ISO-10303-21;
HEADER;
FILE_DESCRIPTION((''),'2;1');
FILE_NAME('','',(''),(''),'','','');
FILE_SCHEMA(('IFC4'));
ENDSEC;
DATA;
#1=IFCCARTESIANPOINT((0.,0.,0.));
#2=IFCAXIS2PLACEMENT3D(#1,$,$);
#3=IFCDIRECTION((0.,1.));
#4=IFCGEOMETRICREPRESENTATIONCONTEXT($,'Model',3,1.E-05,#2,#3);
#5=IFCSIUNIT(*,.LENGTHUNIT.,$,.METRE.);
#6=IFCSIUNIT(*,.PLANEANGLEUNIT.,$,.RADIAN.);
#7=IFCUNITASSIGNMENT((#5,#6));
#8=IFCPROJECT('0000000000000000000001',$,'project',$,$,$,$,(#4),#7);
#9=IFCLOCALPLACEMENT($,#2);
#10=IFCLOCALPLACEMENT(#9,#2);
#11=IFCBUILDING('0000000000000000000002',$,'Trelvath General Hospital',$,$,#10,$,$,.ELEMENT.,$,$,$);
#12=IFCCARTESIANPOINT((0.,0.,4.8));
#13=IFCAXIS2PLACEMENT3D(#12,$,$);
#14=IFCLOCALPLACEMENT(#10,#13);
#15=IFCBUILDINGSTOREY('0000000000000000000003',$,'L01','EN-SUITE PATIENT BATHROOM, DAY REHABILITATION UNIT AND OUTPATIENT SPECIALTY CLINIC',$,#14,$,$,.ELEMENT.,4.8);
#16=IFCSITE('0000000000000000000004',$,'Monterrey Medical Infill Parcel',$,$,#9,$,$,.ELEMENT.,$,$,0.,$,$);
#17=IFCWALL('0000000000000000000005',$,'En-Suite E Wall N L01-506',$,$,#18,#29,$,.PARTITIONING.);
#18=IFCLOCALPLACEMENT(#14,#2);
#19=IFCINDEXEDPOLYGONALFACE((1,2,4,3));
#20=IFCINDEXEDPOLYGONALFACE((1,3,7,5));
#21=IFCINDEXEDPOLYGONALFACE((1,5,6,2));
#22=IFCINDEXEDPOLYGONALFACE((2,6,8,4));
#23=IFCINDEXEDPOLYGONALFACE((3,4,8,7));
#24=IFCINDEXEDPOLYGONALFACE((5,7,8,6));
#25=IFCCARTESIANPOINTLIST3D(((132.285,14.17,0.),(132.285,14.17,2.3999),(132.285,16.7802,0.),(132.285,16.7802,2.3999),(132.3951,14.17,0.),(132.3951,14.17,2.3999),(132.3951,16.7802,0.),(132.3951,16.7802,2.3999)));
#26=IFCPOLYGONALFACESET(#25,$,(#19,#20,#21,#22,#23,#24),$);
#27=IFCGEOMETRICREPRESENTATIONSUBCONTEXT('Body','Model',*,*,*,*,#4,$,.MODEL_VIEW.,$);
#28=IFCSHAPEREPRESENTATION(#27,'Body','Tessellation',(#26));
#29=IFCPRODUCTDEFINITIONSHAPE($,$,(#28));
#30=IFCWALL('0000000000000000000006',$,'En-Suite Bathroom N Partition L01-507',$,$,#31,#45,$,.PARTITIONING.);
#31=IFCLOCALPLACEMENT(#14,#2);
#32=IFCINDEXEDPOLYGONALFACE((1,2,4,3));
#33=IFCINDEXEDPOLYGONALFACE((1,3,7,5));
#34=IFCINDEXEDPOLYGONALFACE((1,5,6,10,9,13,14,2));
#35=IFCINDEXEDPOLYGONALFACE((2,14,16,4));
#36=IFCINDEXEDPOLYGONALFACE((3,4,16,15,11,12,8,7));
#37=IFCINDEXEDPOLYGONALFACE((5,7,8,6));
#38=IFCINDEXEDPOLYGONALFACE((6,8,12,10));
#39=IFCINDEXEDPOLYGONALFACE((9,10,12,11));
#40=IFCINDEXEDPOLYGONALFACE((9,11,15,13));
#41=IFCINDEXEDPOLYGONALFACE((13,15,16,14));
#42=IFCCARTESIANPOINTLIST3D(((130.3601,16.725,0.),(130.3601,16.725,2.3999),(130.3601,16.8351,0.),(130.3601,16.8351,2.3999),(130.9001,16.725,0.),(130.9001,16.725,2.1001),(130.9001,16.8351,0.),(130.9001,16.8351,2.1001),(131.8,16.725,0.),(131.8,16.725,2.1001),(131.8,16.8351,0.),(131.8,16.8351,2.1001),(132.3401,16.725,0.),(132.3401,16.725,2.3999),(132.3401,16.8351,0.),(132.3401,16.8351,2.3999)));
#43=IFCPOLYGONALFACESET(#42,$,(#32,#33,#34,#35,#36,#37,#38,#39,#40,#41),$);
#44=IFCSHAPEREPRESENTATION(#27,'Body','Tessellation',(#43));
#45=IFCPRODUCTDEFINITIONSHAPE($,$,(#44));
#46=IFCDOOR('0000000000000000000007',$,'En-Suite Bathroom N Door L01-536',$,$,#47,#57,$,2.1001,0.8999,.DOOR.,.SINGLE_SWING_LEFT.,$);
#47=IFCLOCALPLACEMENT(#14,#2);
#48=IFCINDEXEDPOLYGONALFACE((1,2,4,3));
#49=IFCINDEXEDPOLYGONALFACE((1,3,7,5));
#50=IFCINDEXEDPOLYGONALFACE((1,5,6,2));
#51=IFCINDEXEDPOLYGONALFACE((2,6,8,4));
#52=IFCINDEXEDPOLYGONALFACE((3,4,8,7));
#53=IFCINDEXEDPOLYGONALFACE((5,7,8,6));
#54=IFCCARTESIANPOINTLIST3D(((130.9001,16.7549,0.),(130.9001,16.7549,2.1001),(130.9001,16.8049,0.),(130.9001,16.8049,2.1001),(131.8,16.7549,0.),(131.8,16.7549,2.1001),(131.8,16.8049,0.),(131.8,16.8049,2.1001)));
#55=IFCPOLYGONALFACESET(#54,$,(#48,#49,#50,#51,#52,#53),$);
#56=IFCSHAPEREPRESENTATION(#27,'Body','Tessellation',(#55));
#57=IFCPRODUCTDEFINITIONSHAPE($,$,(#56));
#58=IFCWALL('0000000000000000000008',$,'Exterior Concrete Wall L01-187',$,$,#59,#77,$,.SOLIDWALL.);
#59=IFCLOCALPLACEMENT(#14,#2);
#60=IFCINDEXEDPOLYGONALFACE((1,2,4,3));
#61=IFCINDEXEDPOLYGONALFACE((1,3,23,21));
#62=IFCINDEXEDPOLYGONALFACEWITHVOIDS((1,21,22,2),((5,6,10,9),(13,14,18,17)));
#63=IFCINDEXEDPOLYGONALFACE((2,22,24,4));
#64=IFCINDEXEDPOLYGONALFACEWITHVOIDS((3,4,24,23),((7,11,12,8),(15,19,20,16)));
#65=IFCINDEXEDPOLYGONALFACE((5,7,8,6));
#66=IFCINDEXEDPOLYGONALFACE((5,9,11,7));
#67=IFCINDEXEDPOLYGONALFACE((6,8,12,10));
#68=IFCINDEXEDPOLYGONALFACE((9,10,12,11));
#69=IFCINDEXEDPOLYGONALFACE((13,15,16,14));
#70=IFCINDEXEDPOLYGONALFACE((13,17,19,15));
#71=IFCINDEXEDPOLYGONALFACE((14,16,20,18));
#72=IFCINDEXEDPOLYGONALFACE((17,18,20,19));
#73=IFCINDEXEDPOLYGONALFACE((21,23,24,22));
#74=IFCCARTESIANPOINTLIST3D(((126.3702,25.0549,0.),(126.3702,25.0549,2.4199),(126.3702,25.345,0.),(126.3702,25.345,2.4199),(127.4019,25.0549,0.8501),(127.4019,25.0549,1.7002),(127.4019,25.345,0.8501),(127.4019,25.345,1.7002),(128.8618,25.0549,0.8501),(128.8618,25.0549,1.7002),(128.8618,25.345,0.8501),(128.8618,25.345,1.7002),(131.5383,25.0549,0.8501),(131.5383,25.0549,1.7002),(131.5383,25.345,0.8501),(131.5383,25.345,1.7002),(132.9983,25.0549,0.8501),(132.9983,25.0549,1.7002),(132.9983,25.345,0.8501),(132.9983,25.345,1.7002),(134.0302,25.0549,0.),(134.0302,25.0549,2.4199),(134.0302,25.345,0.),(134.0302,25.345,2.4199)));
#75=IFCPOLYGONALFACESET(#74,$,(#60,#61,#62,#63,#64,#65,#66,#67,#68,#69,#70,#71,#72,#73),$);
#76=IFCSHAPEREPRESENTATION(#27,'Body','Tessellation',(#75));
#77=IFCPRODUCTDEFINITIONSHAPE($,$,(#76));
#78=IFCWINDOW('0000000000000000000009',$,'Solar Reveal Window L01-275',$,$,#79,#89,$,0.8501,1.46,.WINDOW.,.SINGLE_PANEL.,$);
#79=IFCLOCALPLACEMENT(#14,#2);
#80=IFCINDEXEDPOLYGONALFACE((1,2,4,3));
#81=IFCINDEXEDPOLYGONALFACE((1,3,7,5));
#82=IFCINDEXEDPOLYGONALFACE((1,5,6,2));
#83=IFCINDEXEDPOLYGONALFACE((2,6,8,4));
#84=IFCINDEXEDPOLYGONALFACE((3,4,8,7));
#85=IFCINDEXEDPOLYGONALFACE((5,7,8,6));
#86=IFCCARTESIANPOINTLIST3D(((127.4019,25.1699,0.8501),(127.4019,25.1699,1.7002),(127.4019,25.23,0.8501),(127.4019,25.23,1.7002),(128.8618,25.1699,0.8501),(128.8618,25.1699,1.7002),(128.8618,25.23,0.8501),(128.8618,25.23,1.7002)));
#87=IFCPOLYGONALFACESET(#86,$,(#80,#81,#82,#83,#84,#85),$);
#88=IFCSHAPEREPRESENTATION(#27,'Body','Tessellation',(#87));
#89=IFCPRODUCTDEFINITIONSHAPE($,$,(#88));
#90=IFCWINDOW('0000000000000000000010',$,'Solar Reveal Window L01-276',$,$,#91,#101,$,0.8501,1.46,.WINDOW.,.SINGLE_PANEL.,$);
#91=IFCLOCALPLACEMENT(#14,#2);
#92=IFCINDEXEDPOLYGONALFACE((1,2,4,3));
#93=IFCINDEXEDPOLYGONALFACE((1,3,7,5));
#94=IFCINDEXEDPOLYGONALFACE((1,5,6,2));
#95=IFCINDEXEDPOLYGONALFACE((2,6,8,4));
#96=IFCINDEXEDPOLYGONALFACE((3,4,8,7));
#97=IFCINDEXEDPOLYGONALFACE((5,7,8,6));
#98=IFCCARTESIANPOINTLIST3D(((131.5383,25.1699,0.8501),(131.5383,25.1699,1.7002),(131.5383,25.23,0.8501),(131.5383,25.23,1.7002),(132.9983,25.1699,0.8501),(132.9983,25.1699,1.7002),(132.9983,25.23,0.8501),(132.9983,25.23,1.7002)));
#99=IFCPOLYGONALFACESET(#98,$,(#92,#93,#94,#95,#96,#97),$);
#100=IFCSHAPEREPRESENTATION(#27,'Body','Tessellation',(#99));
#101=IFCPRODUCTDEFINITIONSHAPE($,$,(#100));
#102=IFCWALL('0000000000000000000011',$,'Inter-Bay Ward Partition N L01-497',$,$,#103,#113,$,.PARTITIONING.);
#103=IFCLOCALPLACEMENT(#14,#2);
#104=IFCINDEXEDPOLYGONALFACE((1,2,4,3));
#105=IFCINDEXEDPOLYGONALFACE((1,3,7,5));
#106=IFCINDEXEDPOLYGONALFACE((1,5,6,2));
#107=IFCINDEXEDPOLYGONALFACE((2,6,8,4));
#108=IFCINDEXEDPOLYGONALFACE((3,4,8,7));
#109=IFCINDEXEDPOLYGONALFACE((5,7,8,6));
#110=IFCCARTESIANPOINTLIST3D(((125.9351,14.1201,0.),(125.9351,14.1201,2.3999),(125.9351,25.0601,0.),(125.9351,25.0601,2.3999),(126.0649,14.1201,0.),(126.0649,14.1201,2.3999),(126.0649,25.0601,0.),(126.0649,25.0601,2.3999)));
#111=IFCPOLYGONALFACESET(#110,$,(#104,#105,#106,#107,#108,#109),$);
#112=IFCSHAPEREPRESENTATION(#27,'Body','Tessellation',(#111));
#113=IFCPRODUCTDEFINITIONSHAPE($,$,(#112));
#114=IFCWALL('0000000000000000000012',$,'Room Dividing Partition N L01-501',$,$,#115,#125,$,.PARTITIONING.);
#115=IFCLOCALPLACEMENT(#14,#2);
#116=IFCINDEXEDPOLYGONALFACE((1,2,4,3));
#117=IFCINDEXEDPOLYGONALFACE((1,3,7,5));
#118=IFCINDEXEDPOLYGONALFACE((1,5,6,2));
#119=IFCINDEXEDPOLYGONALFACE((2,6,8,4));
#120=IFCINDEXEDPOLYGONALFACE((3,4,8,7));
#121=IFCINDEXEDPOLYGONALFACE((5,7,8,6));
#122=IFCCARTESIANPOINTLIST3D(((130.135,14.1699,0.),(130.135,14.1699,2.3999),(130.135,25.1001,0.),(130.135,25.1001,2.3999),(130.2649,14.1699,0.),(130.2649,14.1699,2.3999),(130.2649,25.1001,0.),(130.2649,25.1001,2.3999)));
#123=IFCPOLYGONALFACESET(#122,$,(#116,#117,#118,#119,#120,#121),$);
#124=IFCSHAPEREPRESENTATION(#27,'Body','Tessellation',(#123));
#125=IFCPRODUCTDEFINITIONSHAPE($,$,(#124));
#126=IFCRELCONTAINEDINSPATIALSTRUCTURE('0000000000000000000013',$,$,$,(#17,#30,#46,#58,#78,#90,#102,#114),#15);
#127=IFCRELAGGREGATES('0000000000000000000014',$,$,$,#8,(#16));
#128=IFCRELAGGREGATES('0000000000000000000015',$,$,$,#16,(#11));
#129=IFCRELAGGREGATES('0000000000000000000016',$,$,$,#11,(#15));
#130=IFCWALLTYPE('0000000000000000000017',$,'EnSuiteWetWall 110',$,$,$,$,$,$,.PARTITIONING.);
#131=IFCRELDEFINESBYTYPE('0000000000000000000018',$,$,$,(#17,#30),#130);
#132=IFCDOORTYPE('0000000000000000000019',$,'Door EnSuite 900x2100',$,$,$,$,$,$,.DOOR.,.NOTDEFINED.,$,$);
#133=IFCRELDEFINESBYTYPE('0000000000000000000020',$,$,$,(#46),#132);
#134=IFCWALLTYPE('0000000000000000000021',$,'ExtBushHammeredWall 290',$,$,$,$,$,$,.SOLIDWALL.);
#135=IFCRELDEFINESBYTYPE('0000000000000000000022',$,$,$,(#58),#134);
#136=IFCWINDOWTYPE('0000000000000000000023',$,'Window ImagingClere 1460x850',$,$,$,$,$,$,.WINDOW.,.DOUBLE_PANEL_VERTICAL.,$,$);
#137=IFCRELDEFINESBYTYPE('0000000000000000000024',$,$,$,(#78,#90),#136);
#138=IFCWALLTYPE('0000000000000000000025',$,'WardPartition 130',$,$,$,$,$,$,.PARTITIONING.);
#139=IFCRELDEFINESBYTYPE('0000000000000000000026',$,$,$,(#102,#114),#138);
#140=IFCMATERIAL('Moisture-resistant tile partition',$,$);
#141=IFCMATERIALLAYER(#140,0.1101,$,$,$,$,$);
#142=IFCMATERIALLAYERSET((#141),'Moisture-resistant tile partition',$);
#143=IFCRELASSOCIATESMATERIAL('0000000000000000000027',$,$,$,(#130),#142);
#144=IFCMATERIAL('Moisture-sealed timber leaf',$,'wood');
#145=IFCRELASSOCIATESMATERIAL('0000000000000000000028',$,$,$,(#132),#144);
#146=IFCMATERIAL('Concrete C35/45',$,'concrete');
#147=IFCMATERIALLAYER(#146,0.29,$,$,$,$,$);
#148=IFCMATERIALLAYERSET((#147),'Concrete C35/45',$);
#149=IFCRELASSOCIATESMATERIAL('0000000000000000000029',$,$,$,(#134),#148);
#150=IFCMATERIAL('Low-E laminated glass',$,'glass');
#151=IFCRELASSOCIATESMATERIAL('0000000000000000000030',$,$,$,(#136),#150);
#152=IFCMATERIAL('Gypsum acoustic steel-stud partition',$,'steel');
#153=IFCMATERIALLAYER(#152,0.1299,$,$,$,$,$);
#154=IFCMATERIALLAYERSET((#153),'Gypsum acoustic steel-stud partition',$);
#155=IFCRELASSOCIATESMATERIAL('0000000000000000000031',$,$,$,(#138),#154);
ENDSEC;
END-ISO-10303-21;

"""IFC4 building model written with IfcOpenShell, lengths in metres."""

from ifc_helpers import new_model, si_unit, direction, frame, frame_2d, origin, place, context, subcontext, project, spatial, rectangle, extrude, material, layer, layer_set, type_object, element, fill, save


model = new_model("IFC4")

# Units and contexts
model_context = context("Model", 3, precision=1e-05, world=origin(), true_north=direction((0.0, 1.0)))
body_context = subcontext(model_context, "Body", "Model", "MODEL_VIEW")
ifc_project = project(units=[si_unit("LENGTHUNIT", "METRE"), si_unit("PLANEANGLEUNIT", "RADIAN")], contexts=[model_context])

# Site, building, storey
site_placement = place(None, origin())
site = spatial("IfcSite", under=ifc_project, at=site_placement, Name="Monterrey Medical Infill Parcel", CompositionType="ELEMENT", RefElevation=0.0)
building_placement = place(site_placement, origin())
building = spatial("IfcBuilding", under=site, at=building_placement, Name="Trelvath General Hospital", CompositionType="ELEMENT")
storey_placement = place(building_placement, frame((0.0, 0.0, 4.8)))
storey = spatial("IfcBuildingStorey", under=building, at=storey_placement, Name="L01", Description="EN-SUITE PATIENT BATHROOM, DAY REHABILITATION UNIT AND OUTPATIENT SPECIALTY CLINIC", CompositionType="ELEMENT", Elevation=4.8)

# Shared definitions
ifc_material_1 = material(Name="Moisture-resistant tile partition")
ifc_layer_1 = layer(ifc_material_1, 0.1101)
ifc_layer_set_1 = layer_set([ifc_layer_1], Name="Moisture-resistant tile partition")
wall_type_1 = type_object("IfcWallType", Name="EnSuiteWetWall 110", PredefinedType="PARTITIONING", material=ifc_layer_set_1)

# Shared definitions
ifc_material_2 = material(Name="Moisture-sealed timber leaf", Category="wood")
door_type_1 = type_object("IfcDoorType", Name="Door EnSuite 900x2100", OperationType="NOTDEFINED", PredefinedType="DOOR", material=ifc_material_2)

# Wall
for number, where, z_axis, x_axis, name in (
    (1, (132.3401, 14.1699, 0.0), (0.0, 0.0, 1.0), (0.0, 1.0, 0.0), "En-Suite E Wall N L01-506"),
):
    element("IfcWall", number, at=place(storey_placement, frame(where, z_axis=z_axis, x_axis=x_axis)), inside=storey, type_object=wall_type_1, Name=name, PredefinedType="PARTITIONING", context=body_context, shape_type="SweptSolid", body=[
        extrude(rectangle(XDim=2.6101, YDim=0.1101, at=frame_2d((1.3052, 0.0))), origin(), (0.0, 0.0, 1.0), 2.3999),
    ])

# Wall, opening, door
wall_1_placement = place(storey_placement, frame((130.3601, 16.78, 0.0), z_axis=(0.0, 0.0, 1.0), x_axis=(1.0, 0.0, 0.0)))
wall_1 = element("IfcWall", 2, at=wall_1_placement, inside=storey, type_object=wall_type_1, Name="En-Suite Bathroom N Partition L01-507", PredefinedType="PARTITIONING", context=body_context, shape_type="SweptSolid", body=[
    extrude(rectangle(XDim=1.98, YDim=0.1101, at=frame_2d((0.99, 0.0))), origin(), (0.0, 0.0, 1.0), 2.3999),
])
opening_1_placement = place(wall_1_placement, frame((0.54, 0.0, 0.0)))
opening_1 = element("IfcOpeningElement", 3, at=opening_1_placement, cuts=wall_1, PredefinedType="OPENING", context=body_context, shape_type="SweptSolid", body=[
    extrude(rectangle(XDim=0.8999, YDim=2.1001, at=frame_2d((0.45, 1.05))), frame((0.0, 0.0649, 0.0), z_axis=(0.0, -1.0, 0.0), x_axis=(1.0, 0.0, 0.0)), (0.0, 0.0, 1.0), 0.1301),
])
door_1_placement = place(opening_1_placement, origin())
door_1 = element("IfcDoor", 4, at=door_1_placement, inside=storey, type_object=door_type_1, Name="En-Suite Bathroom N Door L01-536", OperationType="SINGLE_SWING_LEFT", OverallHeight=2.1001, OverallWidth=0.8999, PredefinedType="DOOR", context=body_context, shape_type="SweptSolid", body=[
    extrude(rectangle(XDim=0.8999, YDim=2.1001, at=frame_2d((0.45, 1.05))), frame((0.0, 0.0249, 0.0), z_axis=(0.0, -1.0, 0.0), x_axis=(1.0, 0.0, 0.0)), (0.0, 0.0, 1.0), 0.05),
])
fill(opening_1, door_1)

# Wall, openings, windows
ifc_material_3 = material(Name="Concrete C35/45", Category="concrete")
ifc_layer_2 = layer(ifc_material_3, 0.29)
ifc_layer_set_2 = layer_set([ifc_layer_2], Name="Concrete C35/45")
wall_type_2 = type_object("IfcWallType", Name="ExtBushHammeredWall 290", PredefinedType="SOLIDWALL", material=ifc_layer_set_2)
wall_2_placement = place(storey_placement, frame((126.3701, 25.2, 0.0), z_axis=(0.0, 0.0, 1.0), x_axis=(1.0, 0.0, 0.0)))
wall_2 = element("IfcWall", 5, at=wall_2_placement, inside=storey, type_object=wall_type_2, Name="Exterior Concrete Wall L01-187", PredefinedType="SOLIDWALL", context=body_context, shape_type="SweptSolid", body=[
    extrude(rectangle(XDim=7.6599, YDim=0.29, at=frame_2d((3.8301, 0.0))), origin(), (0.0, 0.0, 1.0), 2.4199),
])
opening_2_placement = place(wall_2_placement, frame((1.0317, 0.0, 0.8501)))
opening_2 = element("IfcOpeningElement", 6, at=opening_2_placement, cuts=wall_2, PredefinedType="OPENING", context=body_context, shape_type="SweptSolid", body=[
    extrude(rectangle(XDim=1.46, YDim=0.8501, at=frame_2d((0.73, 0.425))), frame((0.0, 0.155, 0.0), z_axis=(0.0, -1.0, 0.0), x_axis=(1.0, 0.0, 0.0)), (0.0, 0.0, 1.0), 0.3101),
])
opening_3_placement = place(wall_2_placement, frame((5.1682, 0.0, 0.8501)))
opening_3 = element("IfcOpeningElement", 7, at=opening_3_placement, cuts=wall_2, PredefinedType="OPENING", context=body_context, shape_type="SweptSolid", body=[
    extrude(rectangle(XDim=1.46, YDim=0.8501, at=frame_2d((0.73, 0.425))), frame((0.0, 0.155, 0.0), z_axis=(0.0, -1.0, 0.0), x_axis=(1.0, 0.0, 0.0)), (0.0, 0.0, 1.0), 0.3101),
])
ifc_material_4 = material(Name="Low-E laminated glass", Category="glass")
window_type = type_object("IfcWindowType", Name="Window ImagingClere 1460x850", PartitioningType="DOUBLE_PANEL_VERTICAL", PredefinedType="WINDOW", material=ifc_material_4)
window_1_placement = place(opening_2_placement, origin())
window_1 = element("IfcWindow", 8, at=window_1_placement, inside=storey, type_object=window_type, Name="Solar Reveal Window L01-275", OverallHeight=0.8501, OverallWidth=1.46, PartitioningType="SINGLE_PANEL", PredefinedType="WINDOW", context=body_context, shape_type="SweptSolid", body=[
    extrude(rectangle(XDim=1.46, YDim=0.8501, at=frame_2d((0.73, 0.425))), frame((0.0, 0.03, 0.0), z_axis=(0.0, -1.0, 0.0), x_axis=(1.0, 0.0, 0.0)), (0.0, 0.0, 1.0), 0.0601),
])
fill(opening_2, window_1)
window_2_placement = place(opening_3_placement, origin())
window_2 = element("IfcWindow", 9, at=window_2_placement, inside=storey, type_object=window_type, Name="Solar Reveal Window L01-276", OverallHeight=0.8501, OverallWidth=1.46, PartitioningType="SINGLE_PANEL", PredefinedType="WINDOW", context=body_context, shape_type="SweptSolid", body=[
    extrude(rectangle(XDim=1.46, YDim=0.8501, at=frame_2d((0.73, 0.425))), frame((0.0, 0.03, 0.0), z_axis=(0.0, -1.0, 0.0), x_axis=(1.0, 0.0, 0.0)), (0.0, 0.0, 1.0), 0.0601),
])
fill(opening_3, window_2)

# Walls
ifc_material_5 = material(Name="Gypsum acoustic steel-stud partition", Category="steel")
ifc_layer_3 = layer(ifc_material_5, 0.1299)
ifc_layer_set_3 = layer_set([ifc_layer_3], Name="Gypsum acoustic steel-stud partition")
wall_type_3 = type_object("IfcWallType", Name="WardPartition 130", PredefinedType="PARTITIONING", material=ifc_layer_set_3)
wall_3_placement = place(storey_placement, frame((126.0, 14.1201, 0.0), z_axis=(0.0, 0.0, 1.0), x_axis=(0.0, 1.0, 0.0)))
element("IfcWall", 10, at=wall_3_placement, inside=storey, type_object=wall_type_3, Name="Inter-Bay Ward Partition N L01-497", PredefinedType="PARTITIONING", context=body_context, shape_type="SweptSolid", body=[
    extrude(rectangle(XDim=10.9399, YDim=0.1299, at=frame_2d((5.47, 0.0))), origin(), (0.0, 0.0, 1.0), 2.3999),
])
wall_4_placement = place(storey_placement, frame((130.2, 14.1699, 0.0), z_axis=(0.0, 0.0, 1.0), x_axis=(0.0, 1.0, 0.0)))
element("IfcWall", 11, at=wall_4_placement, inside=storey, type_object=wall_type_3, Name="Room Dividing Partition N L01-501", PredefinedType="PARTITIONING", context=body_context, shape_type="SweptSolid", body=[
    extrude(rectangle(XDim=10.9302, YDim=0.1299, at=frame_2d((5.4651, 0.0))), origin(), (0.0, 0.0, 1.0), 2.3999),
])

save(model, "model.ifc")
